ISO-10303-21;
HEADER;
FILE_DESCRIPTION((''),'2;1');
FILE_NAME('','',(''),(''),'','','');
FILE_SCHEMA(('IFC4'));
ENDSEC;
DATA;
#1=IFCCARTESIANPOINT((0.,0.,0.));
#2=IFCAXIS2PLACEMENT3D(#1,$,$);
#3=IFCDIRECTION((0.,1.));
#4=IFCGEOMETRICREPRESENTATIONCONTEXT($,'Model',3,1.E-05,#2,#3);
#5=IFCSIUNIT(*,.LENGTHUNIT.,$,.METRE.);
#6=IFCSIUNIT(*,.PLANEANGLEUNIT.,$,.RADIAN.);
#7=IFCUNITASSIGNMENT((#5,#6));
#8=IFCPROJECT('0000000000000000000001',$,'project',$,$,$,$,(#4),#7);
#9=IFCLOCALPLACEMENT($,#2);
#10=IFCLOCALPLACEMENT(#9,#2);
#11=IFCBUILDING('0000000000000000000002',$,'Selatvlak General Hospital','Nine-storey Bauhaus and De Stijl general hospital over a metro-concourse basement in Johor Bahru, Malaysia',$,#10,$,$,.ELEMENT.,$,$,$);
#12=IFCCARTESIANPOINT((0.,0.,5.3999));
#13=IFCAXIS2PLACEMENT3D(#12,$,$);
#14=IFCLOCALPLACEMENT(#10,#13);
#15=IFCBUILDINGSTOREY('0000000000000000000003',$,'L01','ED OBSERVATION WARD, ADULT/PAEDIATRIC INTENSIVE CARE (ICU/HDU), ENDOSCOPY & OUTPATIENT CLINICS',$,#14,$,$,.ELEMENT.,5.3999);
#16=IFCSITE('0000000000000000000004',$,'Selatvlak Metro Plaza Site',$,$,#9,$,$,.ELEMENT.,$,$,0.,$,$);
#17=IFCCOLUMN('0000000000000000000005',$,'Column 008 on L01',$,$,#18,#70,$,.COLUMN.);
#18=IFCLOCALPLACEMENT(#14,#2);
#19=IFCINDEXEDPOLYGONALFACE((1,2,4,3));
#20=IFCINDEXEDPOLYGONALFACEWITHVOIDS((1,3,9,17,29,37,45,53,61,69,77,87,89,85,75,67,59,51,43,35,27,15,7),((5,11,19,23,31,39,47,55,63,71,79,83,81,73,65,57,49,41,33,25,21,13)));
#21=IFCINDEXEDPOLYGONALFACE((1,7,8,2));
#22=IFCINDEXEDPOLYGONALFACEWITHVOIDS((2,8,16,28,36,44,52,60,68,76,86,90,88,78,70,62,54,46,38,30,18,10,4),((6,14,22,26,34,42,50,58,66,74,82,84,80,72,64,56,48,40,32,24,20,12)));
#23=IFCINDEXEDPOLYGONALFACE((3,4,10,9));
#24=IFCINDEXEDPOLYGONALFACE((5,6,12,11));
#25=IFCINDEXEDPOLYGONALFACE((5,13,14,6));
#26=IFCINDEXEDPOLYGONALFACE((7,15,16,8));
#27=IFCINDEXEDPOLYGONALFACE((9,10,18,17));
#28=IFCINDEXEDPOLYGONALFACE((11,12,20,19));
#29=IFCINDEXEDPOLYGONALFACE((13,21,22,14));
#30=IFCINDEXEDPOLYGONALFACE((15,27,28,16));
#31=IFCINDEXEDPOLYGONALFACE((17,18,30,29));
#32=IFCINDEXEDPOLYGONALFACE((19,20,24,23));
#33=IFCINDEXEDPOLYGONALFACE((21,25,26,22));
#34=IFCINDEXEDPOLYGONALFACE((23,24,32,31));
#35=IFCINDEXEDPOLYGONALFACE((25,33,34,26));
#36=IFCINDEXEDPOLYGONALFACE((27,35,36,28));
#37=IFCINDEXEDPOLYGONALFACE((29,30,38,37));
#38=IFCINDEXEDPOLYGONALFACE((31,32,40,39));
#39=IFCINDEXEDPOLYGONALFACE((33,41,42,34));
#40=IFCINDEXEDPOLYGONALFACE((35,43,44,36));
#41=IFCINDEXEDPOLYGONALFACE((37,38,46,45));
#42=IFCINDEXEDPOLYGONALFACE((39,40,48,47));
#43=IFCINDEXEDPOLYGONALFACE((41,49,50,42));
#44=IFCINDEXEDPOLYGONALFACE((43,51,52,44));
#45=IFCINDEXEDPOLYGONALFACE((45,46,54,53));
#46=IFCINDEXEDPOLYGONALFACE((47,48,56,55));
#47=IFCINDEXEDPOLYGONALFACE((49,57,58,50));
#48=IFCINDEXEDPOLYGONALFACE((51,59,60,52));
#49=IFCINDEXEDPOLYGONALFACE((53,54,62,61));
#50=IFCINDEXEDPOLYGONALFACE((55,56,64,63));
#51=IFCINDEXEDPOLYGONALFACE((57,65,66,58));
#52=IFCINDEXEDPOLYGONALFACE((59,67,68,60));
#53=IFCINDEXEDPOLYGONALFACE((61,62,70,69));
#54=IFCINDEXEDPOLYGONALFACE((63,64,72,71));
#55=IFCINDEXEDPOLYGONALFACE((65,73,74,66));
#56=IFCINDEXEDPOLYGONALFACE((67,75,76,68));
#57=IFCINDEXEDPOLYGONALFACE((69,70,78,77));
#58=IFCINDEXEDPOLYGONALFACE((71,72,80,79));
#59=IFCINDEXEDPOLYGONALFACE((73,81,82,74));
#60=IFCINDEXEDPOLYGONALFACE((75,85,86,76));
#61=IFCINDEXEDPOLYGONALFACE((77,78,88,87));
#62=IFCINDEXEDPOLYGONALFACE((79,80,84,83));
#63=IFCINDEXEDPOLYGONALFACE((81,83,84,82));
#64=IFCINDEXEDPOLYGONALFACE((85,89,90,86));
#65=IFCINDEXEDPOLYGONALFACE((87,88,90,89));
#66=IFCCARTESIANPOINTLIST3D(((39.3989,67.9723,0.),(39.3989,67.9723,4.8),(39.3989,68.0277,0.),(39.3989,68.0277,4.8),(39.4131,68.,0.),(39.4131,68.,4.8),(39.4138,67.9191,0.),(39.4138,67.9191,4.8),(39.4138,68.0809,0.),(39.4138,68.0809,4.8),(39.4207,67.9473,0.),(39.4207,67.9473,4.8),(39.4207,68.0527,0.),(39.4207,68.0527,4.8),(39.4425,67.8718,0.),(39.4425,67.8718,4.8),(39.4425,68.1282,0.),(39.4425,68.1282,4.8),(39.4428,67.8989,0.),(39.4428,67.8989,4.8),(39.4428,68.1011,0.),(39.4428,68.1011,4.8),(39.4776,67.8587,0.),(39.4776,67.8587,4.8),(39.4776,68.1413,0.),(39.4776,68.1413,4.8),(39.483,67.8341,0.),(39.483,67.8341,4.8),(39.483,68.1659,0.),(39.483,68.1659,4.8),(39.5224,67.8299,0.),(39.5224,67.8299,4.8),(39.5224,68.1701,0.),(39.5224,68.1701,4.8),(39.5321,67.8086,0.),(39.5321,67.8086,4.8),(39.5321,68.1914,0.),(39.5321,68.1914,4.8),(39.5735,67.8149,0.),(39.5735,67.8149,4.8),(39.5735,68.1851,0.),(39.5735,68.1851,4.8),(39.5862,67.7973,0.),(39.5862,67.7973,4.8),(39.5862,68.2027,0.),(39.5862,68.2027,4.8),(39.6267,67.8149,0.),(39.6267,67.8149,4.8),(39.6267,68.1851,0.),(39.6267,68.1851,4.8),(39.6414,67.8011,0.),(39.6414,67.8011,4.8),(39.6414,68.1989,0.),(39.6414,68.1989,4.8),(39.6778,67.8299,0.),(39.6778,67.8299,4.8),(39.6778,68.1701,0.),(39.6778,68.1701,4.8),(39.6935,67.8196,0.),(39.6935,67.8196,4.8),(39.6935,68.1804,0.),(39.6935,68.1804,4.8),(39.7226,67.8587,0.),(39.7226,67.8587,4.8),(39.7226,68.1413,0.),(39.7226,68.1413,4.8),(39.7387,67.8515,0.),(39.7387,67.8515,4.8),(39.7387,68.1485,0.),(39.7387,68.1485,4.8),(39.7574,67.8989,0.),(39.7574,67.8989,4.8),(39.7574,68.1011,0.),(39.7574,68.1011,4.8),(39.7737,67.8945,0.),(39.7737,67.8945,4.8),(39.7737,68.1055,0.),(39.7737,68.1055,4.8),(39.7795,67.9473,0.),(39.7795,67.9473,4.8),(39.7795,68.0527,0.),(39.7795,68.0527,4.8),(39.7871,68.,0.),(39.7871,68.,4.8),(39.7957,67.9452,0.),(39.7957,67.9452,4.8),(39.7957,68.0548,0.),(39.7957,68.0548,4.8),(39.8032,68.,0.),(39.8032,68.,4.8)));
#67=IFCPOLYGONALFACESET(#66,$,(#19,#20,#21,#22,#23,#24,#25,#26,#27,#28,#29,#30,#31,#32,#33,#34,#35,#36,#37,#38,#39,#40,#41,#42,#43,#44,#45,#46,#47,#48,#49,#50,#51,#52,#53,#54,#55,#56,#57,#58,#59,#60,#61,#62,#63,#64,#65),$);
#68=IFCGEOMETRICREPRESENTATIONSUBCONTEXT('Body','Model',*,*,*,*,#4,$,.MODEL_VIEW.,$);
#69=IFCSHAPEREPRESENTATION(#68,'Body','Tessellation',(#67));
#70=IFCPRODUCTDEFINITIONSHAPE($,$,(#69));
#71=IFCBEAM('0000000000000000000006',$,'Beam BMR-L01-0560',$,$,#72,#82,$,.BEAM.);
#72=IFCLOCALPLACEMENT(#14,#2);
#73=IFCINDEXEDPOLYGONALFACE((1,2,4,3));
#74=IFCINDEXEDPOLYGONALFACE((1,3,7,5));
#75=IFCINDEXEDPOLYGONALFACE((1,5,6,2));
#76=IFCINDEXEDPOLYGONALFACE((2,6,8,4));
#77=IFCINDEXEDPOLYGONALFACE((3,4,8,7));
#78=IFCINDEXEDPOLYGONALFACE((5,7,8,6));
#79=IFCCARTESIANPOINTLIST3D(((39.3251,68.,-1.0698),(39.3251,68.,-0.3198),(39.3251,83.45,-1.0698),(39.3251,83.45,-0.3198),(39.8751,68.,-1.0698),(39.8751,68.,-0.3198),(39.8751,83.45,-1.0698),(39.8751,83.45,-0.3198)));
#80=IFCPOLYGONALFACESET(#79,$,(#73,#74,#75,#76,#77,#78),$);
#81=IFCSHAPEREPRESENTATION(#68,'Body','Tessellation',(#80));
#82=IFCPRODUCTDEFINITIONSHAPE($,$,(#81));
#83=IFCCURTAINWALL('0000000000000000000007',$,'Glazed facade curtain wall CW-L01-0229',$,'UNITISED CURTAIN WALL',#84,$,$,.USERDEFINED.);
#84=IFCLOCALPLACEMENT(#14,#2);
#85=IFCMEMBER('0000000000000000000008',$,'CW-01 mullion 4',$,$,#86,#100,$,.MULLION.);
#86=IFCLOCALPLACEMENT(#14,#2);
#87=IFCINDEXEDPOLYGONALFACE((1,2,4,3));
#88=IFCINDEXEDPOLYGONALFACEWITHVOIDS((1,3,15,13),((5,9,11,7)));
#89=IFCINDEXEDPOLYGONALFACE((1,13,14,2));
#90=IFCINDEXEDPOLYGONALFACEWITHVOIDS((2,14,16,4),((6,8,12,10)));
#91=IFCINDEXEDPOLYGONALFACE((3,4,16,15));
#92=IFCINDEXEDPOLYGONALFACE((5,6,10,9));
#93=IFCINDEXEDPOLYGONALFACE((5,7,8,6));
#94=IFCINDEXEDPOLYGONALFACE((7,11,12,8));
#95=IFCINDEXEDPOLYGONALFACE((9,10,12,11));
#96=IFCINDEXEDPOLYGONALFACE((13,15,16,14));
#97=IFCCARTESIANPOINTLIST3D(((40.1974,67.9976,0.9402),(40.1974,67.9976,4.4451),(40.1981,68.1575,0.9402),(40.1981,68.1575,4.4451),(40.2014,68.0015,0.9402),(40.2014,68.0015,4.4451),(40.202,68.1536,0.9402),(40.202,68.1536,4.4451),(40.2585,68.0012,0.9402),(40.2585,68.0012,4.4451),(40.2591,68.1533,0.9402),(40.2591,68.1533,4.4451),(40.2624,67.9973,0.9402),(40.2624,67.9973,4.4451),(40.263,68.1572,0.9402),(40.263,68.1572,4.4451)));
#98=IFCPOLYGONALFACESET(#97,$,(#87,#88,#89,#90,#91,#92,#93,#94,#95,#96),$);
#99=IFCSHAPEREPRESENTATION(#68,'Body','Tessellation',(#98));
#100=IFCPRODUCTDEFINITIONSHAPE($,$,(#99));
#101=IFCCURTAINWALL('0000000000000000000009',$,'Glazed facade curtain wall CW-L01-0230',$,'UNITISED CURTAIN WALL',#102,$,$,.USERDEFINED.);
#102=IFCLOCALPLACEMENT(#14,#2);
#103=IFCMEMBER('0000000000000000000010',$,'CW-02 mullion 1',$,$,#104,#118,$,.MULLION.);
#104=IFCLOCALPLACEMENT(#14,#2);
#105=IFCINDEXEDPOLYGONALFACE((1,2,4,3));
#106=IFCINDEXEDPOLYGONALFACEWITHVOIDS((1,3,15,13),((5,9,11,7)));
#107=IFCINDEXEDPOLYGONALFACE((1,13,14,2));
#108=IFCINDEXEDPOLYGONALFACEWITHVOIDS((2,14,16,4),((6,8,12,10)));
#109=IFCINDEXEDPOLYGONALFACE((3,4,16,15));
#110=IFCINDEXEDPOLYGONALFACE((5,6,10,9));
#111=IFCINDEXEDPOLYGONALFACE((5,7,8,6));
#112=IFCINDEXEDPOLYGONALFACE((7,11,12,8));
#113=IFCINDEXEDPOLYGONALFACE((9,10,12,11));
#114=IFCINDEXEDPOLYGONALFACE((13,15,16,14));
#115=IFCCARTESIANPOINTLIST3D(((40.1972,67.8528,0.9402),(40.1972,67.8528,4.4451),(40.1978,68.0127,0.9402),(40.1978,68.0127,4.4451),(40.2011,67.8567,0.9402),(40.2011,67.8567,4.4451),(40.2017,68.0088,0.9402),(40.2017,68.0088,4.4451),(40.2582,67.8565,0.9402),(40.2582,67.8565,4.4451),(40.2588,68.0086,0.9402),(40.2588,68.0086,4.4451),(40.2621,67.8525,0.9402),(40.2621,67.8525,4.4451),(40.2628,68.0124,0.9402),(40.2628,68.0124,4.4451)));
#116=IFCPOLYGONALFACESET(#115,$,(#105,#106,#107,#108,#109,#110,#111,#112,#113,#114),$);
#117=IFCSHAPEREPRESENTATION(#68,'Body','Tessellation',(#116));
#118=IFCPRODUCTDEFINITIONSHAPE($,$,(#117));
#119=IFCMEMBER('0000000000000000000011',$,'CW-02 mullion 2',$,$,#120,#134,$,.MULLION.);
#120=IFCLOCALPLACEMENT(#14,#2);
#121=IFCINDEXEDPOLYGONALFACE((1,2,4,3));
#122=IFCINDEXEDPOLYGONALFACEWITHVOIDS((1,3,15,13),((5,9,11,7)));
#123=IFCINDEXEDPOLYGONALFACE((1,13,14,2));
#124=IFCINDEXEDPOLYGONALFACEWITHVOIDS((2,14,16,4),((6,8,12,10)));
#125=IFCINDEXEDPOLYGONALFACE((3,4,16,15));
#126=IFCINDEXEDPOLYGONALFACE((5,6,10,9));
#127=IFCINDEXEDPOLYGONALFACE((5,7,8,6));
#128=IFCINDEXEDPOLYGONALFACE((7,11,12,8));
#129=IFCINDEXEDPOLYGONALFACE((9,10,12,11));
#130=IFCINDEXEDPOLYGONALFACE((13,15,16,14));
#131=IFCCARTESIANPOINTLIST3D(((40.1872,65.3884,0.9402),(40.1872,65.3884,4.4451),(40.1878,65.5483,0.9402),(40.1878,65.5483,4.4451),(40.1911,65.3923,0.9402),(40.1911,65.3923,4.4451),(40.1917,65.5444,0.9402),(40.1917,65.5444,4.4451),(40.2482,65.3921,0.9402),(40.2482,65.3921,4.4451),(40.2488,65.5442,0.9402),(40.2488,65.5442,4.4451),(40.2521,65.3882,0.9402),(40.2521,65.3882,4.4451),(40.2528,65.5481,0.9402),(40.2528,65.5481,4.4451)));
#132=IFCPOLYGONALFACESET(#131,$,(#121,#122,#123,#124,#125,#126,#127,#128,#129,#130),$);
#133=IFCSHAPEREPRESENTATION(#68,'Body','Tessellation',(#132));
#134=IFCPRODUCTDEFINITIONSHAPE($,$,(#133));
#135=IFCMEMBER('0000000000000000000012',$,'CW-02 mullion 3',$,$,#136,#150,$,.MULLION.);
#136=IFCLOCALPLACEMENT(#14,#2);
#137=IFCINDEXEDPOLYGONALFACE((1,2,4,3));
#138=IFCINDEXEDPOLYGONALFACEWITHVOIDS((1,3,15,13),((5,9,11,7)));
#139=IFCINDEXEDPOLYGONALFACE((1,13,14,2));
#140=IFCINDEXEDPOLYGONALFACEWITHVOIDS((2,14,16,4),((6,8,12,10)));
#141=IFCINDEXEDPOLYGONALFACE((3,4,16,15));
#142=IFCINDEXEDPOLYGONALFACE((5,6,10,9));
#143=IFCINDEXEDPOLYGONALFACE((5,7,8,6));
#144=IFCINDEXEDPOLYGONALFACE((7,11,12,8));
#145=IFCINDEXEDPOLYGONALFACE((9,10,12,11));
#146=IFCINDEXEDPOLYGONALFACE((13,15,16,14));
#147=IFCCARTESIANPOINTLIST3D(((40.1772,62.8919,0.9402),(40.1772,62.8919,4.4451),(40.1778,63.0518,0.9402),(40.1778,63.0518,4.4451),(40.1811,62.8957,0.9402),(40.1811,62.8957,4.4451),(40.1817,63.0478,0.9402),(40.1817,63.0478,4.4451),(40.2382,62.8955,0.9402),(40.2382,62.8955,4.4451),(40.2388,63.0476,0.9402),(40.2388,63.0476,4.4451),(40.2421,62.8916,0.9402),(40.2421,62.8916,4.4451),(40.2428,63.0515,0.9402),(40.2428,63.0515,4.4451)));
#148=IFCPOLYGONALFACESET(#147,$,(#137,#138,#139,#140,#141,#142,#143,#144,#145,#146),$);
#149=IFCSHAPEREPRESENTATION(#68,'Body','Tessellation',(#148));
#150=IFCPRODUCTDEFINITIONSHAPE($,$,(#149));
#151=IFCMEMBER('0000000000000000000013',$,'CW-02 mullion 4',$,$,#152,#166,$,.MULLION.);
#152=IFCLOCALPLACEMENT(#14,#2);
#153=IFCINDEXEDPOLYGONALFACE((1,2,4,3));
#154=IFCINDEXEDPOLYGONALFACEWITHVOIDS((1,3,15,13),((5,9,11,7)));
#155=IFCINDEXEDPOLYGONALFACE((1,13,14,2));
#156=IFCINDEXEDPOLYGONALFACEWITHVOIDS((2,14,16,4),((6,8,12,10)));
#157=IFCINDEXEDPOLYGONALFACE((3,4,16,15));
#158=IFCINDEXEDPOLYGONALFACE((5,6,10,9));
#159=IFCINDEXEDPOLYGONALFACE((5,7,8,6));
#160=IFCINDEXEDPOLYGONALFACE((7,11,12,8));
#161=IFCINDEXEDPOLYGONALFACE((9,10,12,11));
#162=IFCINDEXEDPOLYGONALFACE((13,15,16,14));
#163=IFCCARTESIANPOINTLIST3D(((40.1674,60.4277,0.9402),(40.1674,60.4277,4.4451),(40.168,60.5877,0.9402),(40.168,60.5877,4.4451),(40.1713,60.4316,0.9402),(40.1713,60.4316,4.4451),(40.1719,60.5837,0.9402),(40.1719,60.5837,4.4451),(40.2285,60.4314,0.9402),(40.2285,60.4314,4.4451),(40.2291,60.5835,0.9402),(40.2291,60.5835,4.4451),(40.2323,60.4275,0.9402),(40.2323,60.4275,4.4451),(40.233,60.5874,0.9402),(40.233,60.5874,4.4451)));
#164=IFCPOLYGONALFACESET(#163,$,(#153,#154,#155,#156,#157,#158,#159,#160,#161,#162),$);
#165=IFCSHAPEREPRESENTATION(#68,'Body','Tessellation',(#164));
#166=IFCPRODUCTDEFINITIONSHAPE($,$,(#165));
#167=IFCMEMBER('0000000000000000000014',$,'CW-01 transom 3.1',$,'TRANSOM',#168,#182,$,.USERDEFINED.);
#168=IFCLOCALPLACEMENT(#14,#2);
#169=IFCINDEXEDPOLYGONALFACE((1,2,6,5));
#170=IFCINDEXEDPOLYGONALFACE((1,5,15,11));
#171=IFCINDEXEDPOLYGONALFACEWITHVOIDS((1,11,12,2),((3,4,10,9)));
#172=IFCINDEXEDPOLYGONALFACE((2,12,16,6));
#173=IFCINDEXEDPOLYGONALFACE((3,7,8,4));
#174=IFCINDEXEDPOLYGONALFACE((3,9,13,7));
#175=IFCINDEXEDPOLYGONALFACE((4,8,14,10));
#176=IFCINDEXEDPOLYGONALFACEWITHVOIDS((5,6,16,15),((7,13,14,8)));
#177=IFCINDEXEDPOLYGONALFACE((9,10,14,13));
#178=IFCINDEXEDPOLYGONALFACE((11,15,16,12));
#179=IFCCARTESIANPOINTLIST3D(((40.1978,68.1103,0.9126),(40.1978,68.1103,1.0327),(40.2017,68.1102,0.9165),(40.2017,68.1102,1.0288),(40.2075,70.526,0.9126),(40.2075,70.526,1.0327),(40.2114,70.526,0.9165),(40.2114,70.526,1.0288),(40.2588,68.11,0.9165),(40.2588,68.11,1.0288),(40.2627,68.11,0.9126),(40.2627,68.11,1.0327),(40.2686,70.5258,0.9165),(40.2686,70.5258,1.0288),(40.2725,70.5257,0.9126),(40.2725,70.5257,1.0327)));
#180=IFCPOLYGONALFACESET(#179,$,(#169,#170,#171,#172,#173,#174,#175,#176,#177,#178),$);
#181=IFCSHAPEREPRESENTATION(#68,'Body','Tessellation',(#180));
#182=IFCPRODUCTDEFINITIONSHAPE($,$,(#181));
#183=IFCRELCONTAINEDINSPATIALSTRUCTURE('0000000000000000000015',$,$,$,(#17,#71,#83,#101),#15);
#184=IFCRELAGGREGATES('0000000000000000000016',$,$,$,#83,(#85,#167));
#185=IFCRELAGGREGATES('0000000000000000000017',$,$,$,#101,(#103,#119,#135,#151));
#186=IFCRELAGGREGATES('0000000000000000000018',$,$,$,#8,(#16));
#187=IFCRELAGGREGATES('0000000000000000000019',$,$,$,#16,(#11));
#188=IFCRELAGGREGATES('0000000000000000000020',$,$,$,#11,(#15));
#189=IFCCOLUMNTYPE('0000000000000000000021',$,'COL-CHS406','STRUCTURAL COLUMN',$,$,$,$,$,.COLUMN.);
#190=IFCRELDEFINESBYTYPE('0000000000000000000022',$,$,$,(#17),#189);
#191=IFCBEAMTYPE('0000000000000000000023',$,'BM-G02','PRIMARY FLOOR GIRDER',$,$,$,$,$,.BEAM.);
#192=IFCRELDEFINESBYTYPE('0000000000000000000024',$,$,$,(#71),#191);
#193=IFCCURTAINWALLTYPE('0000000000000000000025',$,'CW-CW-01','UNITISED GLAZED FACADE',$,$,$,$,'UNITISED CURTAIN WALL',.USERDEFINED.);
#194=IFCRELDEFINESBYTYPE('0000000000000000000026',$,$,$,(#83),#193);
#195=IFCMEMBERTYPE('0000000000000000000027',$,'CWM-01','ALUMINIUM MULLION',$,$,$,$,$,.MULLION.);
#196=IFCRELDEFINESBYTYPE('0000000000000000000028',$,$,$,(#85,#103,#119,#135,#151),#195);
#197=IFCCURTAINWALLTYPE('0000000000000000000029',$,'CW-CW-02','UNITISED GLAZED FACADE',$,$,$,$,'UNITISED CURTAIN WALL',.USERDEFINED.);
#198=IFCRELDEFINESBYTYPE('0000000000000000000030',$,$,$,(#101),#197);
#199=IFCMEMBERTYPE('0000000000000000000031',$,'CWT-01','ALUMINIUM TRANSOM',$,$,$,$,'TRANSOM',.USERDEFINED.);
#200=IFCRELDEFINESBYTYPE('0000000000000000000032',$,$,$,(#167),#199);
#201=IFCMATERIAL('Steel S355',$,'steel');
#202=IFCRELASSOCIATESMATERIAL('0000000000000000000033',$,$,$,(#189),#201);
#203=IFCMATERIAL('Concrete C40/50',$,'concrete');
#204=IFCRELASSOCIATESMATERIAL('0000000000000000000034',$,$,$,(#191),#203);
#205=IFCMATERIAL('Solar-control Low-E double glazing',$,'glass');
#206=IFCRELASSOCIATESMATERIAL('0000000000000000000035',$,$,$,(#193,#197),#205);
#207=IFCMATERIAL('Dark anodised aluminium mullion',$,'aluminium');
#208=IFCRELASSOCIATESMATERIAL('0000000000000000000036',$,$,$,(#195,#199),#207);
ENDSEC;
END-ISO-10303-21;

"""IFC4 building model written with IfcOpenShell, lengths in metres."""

from ifc_helpers import new_model, si_unit, direction, frame, origin, origin_2d, place, context, subcontext, project, spatial, rectangle, hollow_rectangle, hollow_circle, extrude, material, material_profile, profile_set, type_object, element, aggregate, save


model = new_model("IFC4")

# Units and contexts
model_context = context("Model", 3, precision=1e-05, world=origin(), true_north=direction((0.0, 1.0)))
body_context = subcontext(model_context, "Body", "Model", "MODEL_VIEW")
ifc_project = project(units=[si_unit("LENGTHUNIT", "METRE"), si_unit("PLANEANGLEUNIT", "RADIAN")], contexts=[model_context])

# Site, building, storey
site_placement = place(None, origin())
site = spatial("IfcSite", under=ifc_project, at=site_placement, Name="Selatvlak Metro Plaza Site", CompositionType="ELEMENT", RefElevation=0.0)
building_placement = place(site_placement, origin())
building = spatial("IfcBuilding", under=site, at=building_placement, Name="Selatvlak General Hospital", Description="Nine-storey Bauhaus and De Stijl general hospital over a metro-concourse basement in Johor Bahru, Malaysia", CompositionType="ELEMENT")
storey_placement = place(building_placement, frame((0.0, 0.0, 5.3999)))
storey = spatial("IfcBuildingStorey", under=building, at=storey_placement, Name="L01", Description="ED OBSERVATION WARD, ADULT/PAEDIATRIC INTENSIVE CARE (ICU/HDU), ENDOSCOPY & OUTPATIENT CLINICS", CompositionType="ELEMENT", Elevation=5.3999)

# Column
ifc_material_1 = material(Name="Steel S355", Category="steel")
ifc_material_profile_1 = material_profile(ifc_material_1, hollow_circle(Radius=0.2031, WallThickness=0.0161, at=origin_2d()), Name="CHS 406.4x16")
ifc_profile_set_1 = profile_set([ifc_material_profile_1], Name="Steel S355")
column_type = type_object("IfcColumnType", Name="COL-CHS406", Description="STRUCTURAL COLUMN", PredefinedType="COLUMN", material=ifc_profile_set_1)
column_placement = place(storey_placement, frame((39.6001, 68.0, 0.0), z_axis=(0.0, 0.0, 1.0), x_axis=(1.0, 0.0, 0.0)))
element("IfcColumn", 1, at=column_placement, inside=storey, type_object=column_type, Name="Column 008 on L01", PredefinedType="COLUMN", context=body_context, shape_type="SweptSolid", body=[
    extrude(hollow_circle(Radius=0.2031, WallThickness=0.0161, at=origin_2d()), origin(), (0.0, 0.0, 1.0), 4.8),
])

# Beam
ifc_material_2 = material(Name="Concrete C40/50", Category="concrete")
ifc_material_profile_2 = material_profile(ifc_material_2, rectangle(XDim=0.55, YDim=0.75, at=origin_2d()), Name="RC-BM 550x750")
ifc_profile_set_2 = profile_set([ifc_material_profile_2], Name="Concrete C40/50")
beam_type = type_object("IfcBeamType", Name="BM-G02", Description="PRIMARY FLOOR GIRDER", PredefinedType="BEAM", material=ifc_profile_set_2)
beam_placement = place(storey_placement, frame((39.6001, 68.0, -0.6948), z_axis=(0.0, 1.0, 0.0), x_axis=(-1.0, 0.0, 0.0)))
element("IfcBeam", 2, at=beam_placement, inside=storey, type_object=beam_type, Name="Beam BMR-L01-0560", PredefinedType="BEAM", context=body_context, shape_type="SweptSolid", body=[
    extrude(rectangle(XDim=0.55, YDim=0.75, at=origin_2d()), origin(), (0.0, 0.0, 1.0), 15.45),
])

# Curtain wall, member
ifc_material_3 = material(Name="Solar-control Low-E double glazing", Category="glass")
curtain_wall_type_1 = type_object("IfcCurtainWallType", Name="CW-CW-01", Description="UNITISED GLAZED FACADE", ElementType="UNITISED CURTAIN WALL", PredefinedType="USERDEFINED", material=ifc_material_3)
curtain_wall_1_placement = place(storey_placement, origin())
curtain_wall_1 = element("IfcCurtainWall", 3, at=curtain_wall_1_placement, inside=storey, type_object=curtain_wall_type_1, Name="Glazed facade curtain wall CW-L01-0229", ObjectType="UNITISED CURTAIN WALL", PredefinedType="USERDEFINED")
ifc_material_4 = material(Name="Dark anodised aluminium mullion", Category="aluminium")
ifc_material_profile_3 = material_profile(ifc_material_4, hollow_rectangle(XDim=0.0649, YDim=0.1599, WallThickness=0.0039, at=origin_2d()), Name="AL-MUL 65x160x4")
ifc_profile_set_3 = profile_set([ifc_material_profile_3], Name="Dark anodised aluminium mullion")
member_type_1 = type_object("IfcMemberType", Name="CWM-01", Description="ALUMINIUM MULLION", PredefinedType="MULLION", material=ifc_profile_set_3)
member_1_placement = place(storey_placement, frame((40.2302, 68.0774, 0.9402), z_axis=(0.0, 0.0, 1.0), x_axis=(0.999992, -0.003979, 0.0)))
member_1 = element("IfcMember", 4, at=member_1_placement, type_object=member_type_1, Name="CW-01 mullion 4", PredefinedType="MULLION", context=body_context, shape_type="SweptSolid", body=[
    extrude(hollow_rectangle(XDim=0.0649, YDim=0.1599, WallThickness=0.0039, at=origin_2d()), origin(), (0.0, 0.0, 1.0), 3.5049),
])

# Curtain wall, members
curtain_wall_type_2 = type_object("IfcCurtainWallType", Name="CW-CW-02", Description="UNITISED GLAZED FACADE", ElementType="UNITISED CURTAIN WALL", PredefinedType="USERDEFINED", material=ifc_material_3)
curtain_wall_2_placement = place(storey_placement, origin())
curtain_wall_2 = element("IfcCurtainWall", 5, at=curtain_wall_2_placement, inside=storey, type_object=curtain_wall_type_2, Name="Glazed facade curtain wall CW-L01-0230", ObjectType="UNITISED CURTAIN WALL", PredefinedType="USERDEFINED")
member_2_placement = place(storey_placement, frame((40.23, 67.9326, 0.9402), z_axis=(0.0, 0.0, 1.0), x_axis=(0.999992, -0.004005, 0.0)))
member_2 = element("IfcMember", 6, at=member_2_placement, type_object=member_type_1, Name="CW-02 mullion 1", PredefinedType="MULLION", context=body_context, shape_type="SweptSolid", body=[
    extrude(hollow_rectangle(XDim=0.0649, YDim=0.1599, WallThickness=0.0039, at=origin_2d()), origin(), (0.0, 0.0, 1.0), 3.5049),
])
member_3_placement = place(storey_placement, frame((40.22, 65.4683, 0.9402), z_axis=(0.0, 0.0, 1.0), x_axis=(0.999992, -0.004005, 0.0)))
member_3 = element("IfcMember", 7, at=member_3_placement, type_object=member_type_1, Name="CW-02 mullion 2", PredefinedType="MULLION", context=body_context, shape_type="SweptSolid", body=[
    extrude(hollow_rectangle(XDim=0.0649, YDim=0.1599, WallThickness=0.0039, at=origin_2d()), origin(), (0.0, 0.0, 1.0), 3.5049),
])
member_4_placement = place(storey_placement, frame((40.21, 62.9717, 0.9402), z_axis=(0.0, 0.0, 1.0), x_axis=(0.999992, -0.004005, 0.0)))
member_4 = element("IfcMember", 8, at=member_4_placement, type_object=member_type_1, Name="CW-02 mullion 3", PredefinedType="MULLION", context=body_context, shape_type="SweptSolid", body=[
    extrude(hollow_rectangle(XDim=0.0649, YDim=0.1599, WallThickness=0.0039, at=origin_2d()), origin(), (0.0, 0.0, 1.0), 3.5049),
])
member_5_placement = place(storey_placement, frame((40.2002, 60.5076, 0.9402), z_axis=(0.0, 0.0, 1.0), x_axis=(0.999992, -0.004005, 0.0)))
member_5 = element("IfcMember", 9, at=member_5_placement, type_object=member_type_1, Name="CW-02 mullion 4", PredefinedType="MULLION", context=body_context, shape_type="SweptSolid", body=[
    extrude(hollow_rectangle(XDim=0.0649, YDim=0.1599, WallThickness=0.0039, at=origin_2d()), origin(), (0.0, 0.0, 1.0), 3.5049),
])

# Member
ifc_material_profile_4 = material_profile(ifc_material_4, hollow_rectangle(XDim=0.0649, YDim=0.1201, WallThickness=0.0039, at=origin_2d()), Name="AL-TRN 65x120x4")
ifc_profile_set_4 = profile_set([ifc_material_profile_4], Name="Dark anodised aluminium mullion")
member_type_2 = type_object("IfcMemberType", Name="CWT-01", Description="ALUMINIUM TRANSOM", ElementType="TRANSOM", PredefinedType="USERDEFINED", material=ifc_profile_set_4)
member_6_placement = place(storey_placement, frame((40.24, 70.5259, 0.9727), z_axis=(-0.004042, -0.999992, 0.0), x_axis=(0.999992, -0.004042, 0.0)))
member_6 = element("IfcMember", 10, at=member_6_placement, type_object=member_type_2, Name="CW-01 transom 3.1", ObjectType="TRANSOM", PredefinedType="USERDEFINED", context=body_context, shape_type="SweptSolid", body=[
    extrude(hollow_rectangle(XDim=0.0649, YDim=0.1201, WallThickness=0.0039, at=origin_2d()), origin(), (0.0, 0.0, 1.0), 2.4158),
])

aggregate(curtain_wall_1, [member_1, member_6])
aggregate(curtain_wall_2, [member_2, member_3, member_4, member_5])

save(model, "model.ifc")
